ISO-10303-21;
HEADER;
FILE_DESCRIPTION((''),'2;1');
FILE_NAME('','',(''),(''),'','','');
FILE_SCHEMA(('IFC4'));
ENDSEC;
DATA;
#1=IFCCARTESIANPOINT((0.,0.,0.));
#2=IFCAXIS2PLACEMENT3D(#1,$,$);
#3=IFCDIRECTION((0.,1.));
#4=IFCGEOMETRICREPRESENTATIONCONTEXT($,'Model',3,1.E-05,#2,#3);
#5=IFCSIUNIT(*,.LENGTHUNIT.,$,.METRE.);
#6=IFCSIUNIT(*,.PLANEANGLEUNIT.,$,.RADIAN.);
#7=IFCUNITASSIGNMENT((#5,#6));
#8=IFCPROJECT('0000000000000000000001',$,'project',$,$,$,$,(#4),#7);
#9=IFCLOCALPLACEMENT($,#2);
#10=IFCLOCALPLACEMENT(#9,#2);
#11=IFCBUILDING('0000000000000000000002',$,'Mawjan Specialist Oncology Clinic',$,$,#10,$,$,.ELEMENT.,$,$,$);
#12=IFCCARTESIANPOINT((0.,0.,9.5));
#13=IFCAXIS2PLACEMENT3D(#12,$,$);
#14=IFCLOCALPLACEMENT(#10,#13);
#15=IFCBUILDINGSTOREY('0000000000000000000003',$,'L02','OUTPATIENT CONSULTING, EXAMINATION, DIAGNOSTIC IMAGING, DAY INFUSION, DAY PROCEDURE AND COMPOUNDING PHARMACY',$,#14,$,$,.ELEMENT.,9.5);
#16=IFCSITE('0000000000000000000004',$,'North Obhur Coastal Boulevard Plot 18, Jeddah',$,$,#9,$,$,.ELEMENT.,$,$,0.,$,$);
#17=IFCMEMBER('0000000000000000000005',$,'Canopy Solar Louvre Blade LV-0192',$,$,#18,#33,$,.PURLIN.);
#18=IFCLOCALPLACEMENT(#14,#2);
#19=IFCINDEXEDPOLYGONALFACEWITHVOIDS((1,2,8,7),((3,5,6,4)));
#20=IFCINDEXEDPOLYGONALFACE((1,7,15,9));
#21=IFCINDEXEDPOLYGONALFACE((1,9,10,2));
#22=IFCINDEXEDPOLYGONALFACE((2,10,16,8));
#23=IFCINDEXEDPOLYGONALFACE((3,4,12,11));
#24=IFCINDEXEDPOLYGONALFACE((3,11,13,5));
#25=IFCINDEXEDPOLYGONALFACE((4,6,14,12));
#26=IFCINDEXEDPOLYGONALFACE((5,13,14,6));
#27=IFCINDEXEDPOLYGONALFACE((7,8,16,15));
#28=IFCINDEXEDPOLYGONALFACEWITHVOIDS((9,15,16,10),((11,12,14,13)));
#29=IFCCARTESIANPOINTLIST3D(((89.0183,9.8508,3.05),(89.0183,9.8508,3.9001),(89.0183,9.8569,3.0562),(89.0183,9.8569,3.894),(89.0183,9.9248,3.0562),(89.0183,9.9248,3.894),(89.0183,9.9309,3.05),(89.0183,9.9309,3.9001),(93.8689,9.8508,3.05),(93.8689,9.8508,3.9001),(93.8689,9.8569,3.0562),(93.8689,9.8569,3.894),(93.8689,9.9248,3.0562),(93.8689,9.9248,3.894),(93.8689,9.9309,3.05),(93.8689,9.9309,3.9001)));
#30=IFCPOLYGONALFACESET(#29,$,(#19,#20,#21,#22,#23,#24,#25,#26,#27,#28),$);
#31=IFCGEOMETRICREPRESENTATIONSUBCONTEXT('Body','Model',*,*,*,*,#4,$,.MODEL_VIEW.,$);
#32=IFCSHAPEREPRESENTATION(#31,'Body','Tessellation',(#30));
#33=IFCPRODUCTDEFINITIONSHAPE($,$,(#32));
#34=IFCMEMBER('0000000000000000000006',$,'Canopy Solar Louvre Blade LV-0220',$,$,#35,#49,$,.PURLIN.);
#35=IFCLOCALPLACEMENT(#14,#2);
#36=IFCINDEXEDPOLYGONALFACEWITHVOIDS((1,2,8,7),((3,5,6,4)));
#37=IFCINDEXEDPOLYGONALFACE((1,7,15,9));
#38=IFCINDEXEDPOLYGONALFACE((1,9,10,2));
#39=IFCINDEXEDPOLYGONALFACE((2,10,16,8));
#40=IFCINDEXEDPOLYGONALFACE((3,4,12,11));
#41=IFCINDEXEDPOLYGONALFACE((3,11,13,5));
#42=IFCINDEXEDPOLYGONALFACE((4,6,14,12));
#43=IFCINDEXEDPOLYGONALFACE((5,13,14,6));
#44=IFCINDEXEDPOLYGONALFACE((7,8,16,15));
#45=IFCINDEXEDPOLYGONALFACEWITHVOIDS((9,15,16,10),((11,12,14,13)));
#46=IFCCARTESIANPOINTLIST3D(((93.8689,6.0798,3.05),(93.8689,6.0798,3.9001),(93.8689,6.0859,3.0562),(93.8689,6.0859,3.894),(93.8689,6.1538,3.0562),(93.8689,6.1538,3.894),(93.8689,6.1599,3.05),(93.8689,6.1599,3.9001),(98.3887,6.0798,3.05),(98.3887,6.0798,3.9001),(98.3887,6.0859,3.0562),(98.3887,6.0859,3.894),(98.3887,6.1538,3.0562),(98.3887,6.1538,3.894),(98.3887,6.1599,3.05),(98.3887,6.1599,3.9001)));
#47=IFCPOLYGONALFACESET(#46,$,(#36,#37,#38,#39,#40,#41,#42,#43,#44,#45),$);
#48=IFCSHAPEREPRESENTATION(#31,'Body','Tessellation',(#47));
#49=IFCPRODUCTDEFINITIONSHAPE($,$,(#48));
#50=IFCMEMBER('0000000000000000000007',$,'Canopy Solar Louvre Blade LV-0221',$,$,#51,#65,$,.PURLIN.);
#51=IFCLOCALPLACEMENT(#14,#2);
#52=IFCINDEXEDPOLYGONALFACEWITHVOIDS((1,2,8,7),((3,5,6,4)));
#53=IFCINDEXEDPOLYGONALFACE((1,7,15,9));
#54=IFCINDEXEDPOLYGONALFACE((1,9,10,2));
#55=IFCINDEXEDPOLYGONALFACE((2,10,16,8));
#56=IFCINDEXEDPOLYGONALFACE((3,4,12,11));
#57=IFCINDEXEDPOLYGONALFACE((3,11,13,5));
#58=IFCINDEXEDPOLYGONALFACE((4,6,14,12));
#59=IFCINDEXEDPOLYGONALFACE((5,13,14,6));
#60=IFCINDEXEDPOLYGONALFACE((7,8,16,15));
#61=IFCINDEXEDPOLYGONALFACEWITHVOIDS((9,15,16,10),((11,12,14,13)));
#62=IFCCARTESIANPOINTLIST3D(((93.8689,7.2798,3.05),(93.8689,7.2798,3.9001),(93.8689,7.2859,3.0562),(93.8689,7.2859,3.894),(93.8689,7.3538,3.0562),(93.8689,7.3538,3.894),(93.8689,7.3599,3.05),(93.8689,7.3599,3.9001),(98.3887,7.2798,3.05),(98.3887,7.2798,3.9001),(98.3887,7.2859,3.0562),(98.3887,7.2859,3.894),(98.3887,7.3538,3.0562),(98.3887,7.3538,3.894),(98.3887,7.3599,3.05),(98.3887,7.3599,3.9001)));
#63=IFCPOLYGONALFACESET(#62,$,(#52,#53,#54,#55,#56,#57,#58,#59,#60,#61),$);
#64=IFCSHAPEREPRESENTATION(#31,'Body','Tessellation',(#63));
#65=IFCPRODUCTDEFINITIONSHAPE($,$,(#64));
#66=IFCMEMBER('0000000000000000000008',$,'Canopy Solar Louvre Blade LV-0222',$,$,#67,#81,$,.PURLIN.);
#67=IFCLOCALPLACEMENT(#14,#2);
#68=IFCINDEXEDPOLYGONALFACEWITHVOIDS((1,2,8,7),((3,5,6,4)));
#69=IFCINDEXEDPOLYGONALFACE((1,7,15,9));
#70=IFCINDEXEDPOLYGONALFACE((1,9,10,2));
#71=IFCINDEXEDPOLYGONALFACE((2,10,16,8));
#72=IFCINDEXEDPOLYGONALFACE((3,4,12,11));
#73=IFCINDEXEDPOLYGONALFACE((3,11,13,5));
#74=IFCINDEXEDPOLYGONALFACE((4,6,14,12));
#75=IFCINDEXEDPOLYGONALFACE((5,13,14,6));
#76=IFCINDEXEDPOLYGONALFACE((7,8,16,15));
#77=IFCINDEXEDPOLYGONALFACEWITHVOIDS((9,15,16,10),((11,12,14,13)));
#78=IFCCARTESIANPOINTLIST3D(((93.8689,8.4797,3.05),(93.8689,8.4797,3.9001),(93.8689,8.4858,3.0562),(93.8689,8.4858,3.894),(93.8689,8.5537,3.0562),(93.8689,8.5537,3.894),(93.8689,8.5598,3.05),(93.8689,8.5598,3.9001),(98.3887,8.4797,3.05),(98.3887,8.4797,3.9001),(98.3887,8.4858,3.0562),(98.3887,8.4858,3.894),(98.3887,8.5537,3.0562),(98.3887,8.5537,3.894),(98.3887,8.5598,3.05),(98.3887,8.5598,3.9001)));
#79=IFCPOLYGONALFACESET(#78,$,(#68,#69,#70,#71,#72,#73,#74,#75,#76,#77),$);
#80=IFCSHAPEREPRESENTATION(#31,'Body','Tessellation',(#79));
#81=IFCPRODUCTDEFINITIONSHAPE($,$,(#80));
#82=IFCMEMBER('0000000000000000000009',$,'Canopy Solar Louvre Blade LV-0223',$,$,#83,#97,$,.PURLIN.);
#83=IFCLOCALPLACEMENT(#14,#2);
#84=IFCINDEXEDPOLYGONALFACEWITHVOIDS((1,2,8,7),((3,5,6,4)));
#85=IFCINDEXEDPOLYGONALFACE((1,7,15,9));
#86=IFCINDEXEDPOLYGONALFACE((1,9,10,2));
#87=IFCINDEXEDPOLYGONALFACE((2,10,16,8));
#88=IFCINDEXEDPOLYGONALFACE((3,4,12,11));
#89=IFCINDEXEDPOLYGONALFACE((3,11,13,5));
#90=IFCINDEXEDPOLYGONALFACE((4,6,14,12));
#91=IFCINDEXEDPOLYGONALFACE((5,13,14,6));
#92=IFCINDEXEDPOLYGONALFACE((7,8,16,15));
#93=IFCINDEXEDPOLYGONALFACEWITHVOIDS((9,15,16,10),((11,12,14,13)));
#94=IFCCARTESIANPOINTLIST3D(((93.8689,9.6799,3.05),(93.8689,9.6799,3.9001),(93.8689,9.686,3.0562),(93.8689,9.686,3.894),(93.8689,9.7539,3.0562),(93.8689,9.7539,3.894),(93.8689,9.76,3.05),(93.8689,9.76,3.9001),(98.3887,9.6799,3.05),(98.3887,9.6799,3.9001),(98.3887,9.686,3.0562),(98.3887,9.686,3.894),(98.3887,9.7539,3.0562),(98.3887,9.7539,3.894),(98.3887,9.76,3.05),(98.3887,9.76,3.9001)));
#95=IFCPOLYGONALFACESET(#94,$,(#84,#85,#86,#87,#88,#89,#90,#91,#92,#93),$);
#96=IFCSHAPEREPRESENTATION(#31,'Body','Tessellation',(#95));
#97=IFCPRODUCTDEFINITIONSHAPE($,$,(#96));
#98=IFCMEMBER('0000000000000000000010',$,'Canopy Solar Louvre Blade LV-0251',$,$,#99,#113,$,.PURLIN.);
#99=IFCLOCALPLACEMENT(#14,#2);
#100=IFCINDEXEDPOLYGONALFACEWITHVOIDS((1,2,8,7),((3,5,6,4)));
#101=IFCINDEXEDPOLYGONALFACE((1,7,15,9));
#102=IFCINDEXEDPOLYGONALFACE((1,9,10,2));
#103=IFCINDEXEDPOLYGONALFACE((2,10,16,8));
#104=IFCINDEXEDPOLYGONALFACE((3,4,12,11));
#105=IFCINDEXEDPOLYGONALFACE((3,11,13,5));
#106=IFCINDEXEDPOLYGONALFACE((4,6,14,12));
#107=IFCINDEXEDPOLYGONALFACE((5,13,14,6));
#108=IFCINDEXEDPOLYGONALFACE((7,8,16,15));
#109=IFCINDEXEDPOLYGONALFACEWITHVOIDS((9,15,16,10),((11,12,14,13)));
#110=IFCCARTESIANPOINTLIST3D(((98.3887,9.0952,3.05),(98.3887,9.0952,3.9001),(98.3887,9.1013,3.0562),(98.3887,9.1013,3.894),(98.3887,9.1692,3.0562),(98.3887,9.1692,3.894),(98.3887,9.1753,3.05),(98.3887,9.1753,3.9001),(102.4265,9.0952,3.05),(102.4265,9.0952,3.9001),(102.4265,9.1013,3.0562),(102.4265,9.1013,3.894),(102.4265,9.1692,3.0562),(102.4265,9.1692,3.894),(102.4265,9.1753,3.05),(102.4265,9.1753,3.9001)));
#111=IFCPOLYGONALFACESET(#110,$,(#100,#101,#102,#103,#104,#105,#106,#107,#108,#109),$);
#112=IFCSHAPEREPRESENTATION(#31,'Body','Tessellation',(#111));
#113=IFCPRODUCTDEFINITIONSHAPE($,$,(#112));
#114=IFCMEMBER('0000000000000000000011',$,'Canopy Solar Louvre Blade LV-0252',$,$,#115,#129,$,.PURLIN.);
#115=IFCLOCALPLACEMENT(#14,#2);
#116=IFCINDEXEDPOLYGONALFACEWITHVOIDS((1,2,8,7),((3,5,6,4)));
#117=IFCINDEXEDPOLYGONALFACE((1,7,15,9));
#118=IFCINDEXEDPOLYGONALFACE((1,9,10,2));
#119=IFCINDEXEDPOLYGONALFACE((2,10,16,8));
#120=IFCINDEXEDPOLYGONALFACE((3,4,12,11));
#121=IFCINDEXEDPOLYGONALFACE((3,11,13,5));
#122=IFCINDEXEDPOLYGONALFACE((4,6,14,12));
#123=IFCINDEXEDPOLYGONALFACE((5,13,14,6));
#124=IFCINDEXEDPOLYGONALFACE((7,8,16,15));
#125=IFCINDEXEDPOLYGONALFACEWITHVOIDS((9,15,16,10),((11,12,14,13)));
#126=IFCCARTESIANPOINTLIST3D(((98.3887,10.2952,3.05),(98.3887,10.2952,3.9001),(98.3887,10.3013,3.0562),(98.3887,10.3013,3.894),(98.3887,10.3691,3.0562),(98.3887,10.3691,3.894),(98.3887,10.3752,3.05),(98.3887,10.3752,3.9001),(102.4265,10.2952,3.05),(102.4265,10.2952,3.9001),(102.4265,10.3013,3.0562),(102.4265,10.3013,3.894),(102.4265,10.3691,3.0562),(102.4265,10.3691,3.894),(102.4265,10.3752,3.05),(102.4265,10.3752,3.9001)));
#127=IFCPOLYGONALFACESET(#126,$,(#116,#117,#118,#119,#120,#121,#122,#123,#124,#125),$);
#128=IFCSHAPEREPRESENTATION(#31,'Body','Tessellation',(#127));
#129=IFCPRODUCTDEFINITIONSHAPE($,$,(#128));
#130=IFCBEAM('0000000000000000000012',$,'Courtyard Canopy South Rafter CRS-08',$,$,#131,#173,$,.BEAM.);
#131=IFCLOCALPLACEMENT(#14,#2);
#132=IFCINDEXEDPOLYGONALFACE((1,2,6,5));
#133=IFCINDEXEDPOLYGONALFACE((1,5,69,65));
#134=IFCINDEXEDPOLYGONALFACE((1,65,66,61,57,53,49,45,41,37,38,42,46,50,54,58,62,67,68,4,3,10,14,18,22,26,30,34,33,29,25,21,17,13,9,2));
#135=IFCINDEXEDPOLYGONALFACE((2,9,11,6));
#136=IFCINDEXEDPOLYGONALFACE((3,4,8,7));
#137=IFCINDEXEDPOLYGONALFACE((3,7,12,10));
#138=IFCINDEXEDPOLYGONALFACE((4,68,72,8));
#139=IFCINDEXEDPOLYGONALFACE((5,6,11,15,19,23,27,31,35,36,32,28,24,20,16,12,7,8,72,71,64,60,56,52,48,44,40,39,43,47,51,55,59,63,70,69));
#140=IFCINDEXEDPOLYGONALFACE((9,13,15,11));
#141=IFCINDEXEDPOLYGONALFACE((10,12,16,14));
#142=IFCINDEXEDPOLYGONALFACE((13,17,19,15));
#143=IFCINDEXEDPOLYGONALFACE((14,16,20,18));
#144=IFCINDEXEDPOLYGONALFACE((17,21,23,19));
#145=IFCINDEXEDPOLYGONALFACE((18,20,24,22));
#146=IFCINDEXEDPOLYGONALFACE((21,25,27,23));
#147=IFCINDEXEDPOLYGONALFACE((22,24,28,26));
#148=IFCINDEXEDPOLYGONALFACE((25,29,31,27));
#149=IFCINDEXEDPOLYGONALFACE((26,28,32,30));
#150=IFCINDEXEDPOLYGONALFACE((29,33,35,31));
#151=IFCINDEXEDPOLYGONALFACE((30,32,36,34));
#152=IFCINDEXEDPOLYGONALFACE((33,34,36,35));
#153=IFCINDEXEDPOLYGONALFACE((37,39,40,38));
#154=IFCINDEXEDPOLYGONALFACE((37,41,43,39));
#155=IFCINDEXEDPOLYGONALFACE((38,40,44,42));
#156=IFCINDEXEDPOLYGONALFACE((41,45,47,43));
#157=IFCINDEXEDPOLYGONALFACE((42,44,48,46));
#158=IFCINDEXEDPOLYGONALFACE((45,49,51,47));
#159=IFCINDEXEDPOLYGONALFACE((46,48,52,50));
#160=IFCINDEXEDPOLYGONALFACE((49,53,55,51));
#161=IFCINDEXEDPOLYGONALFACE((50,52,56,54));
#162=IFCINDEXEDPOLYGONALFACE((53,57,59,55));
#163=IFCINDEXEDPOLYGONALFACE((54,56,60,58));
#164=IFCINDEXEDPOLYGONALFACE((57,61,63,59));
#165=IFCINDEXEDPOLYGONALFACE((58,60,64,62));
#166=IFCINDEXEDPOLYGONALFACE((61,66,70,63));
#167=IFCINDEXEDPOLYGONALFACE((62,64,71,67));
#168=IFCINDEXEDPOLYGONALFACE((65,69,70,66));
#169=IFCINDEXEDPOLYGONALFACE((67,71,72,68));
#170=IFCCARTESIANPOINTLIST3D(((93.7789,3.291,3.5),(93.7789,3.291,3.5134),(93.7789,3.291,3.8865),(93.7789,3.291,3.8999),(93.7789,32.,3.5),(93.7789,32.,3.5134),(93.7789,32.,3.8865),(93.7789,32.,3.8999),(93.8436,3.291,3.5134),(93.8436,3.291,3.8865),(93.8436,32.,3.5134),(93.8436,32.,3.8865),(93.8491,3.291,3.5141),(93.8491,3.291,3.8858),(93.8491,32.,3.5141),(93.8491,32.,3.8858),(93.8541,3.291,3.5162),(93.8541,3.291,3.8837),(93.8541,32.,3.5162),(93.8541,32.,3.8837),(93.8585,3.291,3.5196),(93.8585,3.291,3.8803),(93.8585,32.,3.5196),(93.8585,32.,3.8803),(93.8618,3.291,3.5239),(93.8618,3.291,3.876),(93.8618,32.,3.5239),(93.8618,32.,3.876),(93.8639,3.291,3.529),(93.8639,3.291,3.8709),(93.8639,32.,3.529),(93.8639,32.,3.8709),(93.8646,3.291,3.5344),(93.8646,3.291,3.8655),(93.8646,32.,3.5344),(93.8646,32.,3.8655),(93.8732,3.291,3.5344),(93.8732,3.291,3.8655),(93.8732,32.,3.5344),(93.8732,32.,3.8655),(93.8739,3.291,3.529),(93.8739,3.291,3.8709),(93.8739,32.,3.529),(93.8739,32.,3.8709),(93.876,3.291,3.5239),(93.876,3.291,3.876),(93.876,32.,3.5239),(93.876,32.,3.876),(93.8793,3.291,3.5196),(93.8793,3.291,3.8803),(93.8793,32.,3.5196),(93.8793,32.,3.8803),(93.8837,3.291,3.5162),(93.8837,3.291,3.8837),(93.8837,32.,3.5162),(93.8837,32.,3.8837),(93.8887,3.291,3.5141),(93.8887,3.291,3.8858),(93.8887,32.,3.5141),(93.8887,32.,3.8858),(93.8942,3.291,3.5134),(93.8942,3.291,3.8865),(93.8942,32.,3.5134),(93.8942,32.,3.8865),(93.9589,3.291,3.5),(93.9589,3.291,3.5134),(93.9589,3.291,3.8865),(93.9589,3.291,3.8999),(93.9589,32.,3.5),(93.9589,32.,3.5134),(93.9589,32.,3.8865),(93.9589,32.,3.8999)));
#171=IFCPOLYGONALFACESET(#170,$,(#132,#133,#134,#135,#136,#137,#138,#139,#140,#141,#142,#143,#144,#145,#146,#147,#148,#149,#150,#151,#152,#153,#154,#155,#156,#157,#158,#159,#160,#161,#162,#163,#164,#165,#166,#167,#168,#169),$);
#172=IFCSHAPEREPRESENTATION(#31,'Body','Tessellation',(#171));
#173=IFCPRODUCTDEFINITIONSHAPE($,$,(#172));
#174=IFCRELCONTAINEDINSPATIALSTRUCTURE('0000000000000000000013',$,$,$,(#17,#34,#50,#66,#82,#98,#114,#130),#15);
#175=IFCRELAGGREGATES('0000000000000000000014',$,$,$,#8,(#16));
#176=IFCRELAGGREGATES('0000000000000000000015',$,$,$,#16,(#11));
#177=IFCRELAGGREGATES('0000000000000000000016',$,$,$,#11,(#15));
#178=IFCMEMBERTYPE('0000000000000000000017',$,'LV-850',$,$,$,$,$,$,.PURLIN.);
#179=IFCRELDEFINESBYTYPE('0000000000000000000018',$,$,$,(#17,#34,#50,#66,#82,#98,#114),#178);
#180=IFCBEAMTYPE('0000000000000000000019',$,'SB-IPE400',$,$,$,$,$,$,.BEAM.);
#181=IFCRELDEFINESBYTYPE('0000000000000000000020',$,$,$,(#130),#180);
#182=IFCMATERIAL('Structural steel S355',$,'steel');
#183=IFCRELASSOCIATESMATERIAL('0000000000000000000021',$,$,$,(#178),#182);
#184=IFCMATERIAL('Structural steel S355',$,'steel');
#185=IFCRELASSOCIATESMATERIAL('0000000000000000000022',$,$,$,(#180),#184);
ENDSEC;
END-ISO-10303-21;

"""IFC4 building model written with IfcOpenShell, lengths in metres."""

from ifc_helpers import new_model, si_unit, direction, frame, origin, origin_2d, place, context, subcontext, project, spatial, hollow_rectangle, i_section, extrude, material, material_profile, profile_set, type_object, element, save


model = new_model("IFC4")

# Units and contexts
model_context = context("Model", 3, precision=1e-05, world=origin(), true_north=direction((0.0, 1.0)))
body_context = subcontext(model_context, "Body", "Model", "MODEL_VIEW")
ifc_project = project(units=[si_unit("LENGTHUNIT", "METRE"), si_unit("PLANEANGLEUNIT", "RADIAN")], contexts=[model_context])

# Site, building, storey
site_placement = place(None, origin())
site = spatial("IfcSite", under=ifc_project, at=site_placement, Name="North Obhur Coastal Boulevard Plot 18, Jeddah", CompositionType="ELEMENT", RefElevation=0.0)
building_placement = place(site_placement, origin())
building = spatial("IfcBuilding", under=site, at=building_placement, Name="Mawjan Specialist Oncology Clinic", CompositionType="ELEMENT")
storey_placement = place(building_placement, frame((0.0, 0.0, 9.5)))
storey = spatial("IfcBuildingStorey", under=building, at=storey_placement, Name="L02", Description="OUTPATIENT CONSULTING, EXAMINATION, DIAGNOSTIC IMAGING, DAY INFUSION, DAY PROCEDURE AND COMPOUNDING PHARMACY", CompositionType="ELEMENT", Elevation=9.5)

# Members
ifc_material_1 = material(Name="Structural steel S355", Category="steel")
ifc_material_profile_1 = material_profile(ifc_material_1, hollow_rectangle(XDim=0.0801, YDim=0.8501, WallThickness=0.0061, at=origin_2d()), Name="LOUVRE 850x80x6", Category="steel")
ifc_profile_set_1 = profile_set([ifc_material_profile_1], Name="Structural steel S355")
member_type_1 = type_object("IfcMemberType", Name="LV-850", PredefinedType="PURLIN", material=ifc_profile_set_1)
for number, where, z_axis, x_axis, name in (
    (1, (89.0183, 9.8909, 3.4751), (1.0, 0.0, 0.0), (0.0, 1.0, 0.0), "Canopy Solar Louvre Blade LV-0192"),
):
    element("IfcMember", number, at=place(storey_placement, frame(where, z_axis=z_axis, x_axis=x_axis)), inside=storey, type_object=member_type_1, Name=name, PredefinedType="PURLIN", context=body_context, shape_type="SweptSolid", body=[
        extrude(hollow_rectangle(XDim=0.0801, YDim=0.8501, WallThickness=0.0061, at=origin_2d()), origin(), (0.0, 0.0, 1.0), 4.8506),
    ])
for number, where, z_axis, x_axis, name in (
    (2, (93.8689, 6.1199, 3.4751), (1.0, 0.0, 0.0), (0.0, 1.0, 0.0), "Canopy Solar Louvre Blade LV-0220"),
    (3, (93.8689, 7.3198, 3.4751), (1.0, 0.0, 0.0), (0.0, 1.0, 0.0), "Canopy Solar Louvre Blade LV-0221"),
    (4, (93.8689, 8.5198, 3.4751), (1.0, 0.0, 0.0), (0.0, 1.0, 0.0), "Canopy Solar Louvre Blade LV-0222"),
    (5, (93.8689, 9.72, 3.4751), (1.0, 0.0, 0.0), (0.0, 1.0, 0.0), "Canopy Solar Louvre Blade LV-0223"),
):
    element("IfcMember", number, at=place(storey_placement, frame(where, z_axis=z_axis, x_axis=x_axis)), inside=storey, type_object=member_type_1, Name=name, PredefinedType="PURLIN", context=body_context, shape_type="SweptSolid", body=[
        extrude(hollow_rectangle(XDim=0.0801, YDim=0.8501, WallThickness=0.0061, at=origin_2d()), origin(), (0.0, 0.0, 1.0), 4.5198),
    ])
for number, where, z_axis, x_axis, name in (
    (6, (98.3887, 9.1353, 3.4751), (1.0, 0.0, 0.0), (0.0, 1.0, 0.0), "Canopy Solar Louvre Blade LV-0251"),
    (7, (98.3887, 10.3352, 3.4751), (1.0, 0.0, 0.0), (0.0, 1.0, 0.0), "Canopy Solar Louvre Blade LV-0252"),
):
    element("IfcMember", number, at=place(storey_placement, frame(where, z_axis=z_axis, x_axis=x_axis)), inside=storey, type_object=member_type_1, Name=name, PredefinedType="PURLIN", context=body_context, shape_type="SweptSolid", body=[
        extrude(hollow_rectangle(XDim=0.0801, YDim=0.8501, WallThickness=0.0061, at=origin_2d()), origin(), (0.0, 0.0, 1.0), 4.0378),
    ])

# Beam
ifc_material_2 = material(Name="Structural steel S355", Category="steel")
ifc_material_profile_2 = material_profile(ifc_material_2, i_section(OverallWidth=0.1799, OverallDepth=0.3999, WebThickness=0.0085, FlangeThickness=0.0134, FilletRadius=0.021, at=origin_2d()), Name="IPE 400", Category="steel")
ifc_profile_set_2 = profile_set([ifc_material_profile_2], Name="Structural steel S355")
beam_type = type_object("IfcBeamType", Name="SB-IPE400", PredefinedType="BEAM", material=ifc_profile_set_2)
beam_1_placement = place(storey_placement, frame((93.8689, 3.291, 3.7), z_axis=(0.0, 1.0, 0.0), x_axis=(-1.0, 0.0, 0.0)))
element("IfcBeam", 8, at=beam_1_placement, inside=storey, type_object=beam_type, Name="Courtyard Canopy South Rafter CRS-08", PredefinedType="BEAM", context=body_context, shape_type="SweptSolid", body=[
    extrude(i_section(OverallWidth=0.1799, OverallDepth=0.3999, WebThickness=0.0085, FlangeThickness=0.0134, FilletRadius=0.021, at=origin_2d()), origin(), (0.0, 0.0, 1.0), 28.709),
])

save(model, "model.ifc")
